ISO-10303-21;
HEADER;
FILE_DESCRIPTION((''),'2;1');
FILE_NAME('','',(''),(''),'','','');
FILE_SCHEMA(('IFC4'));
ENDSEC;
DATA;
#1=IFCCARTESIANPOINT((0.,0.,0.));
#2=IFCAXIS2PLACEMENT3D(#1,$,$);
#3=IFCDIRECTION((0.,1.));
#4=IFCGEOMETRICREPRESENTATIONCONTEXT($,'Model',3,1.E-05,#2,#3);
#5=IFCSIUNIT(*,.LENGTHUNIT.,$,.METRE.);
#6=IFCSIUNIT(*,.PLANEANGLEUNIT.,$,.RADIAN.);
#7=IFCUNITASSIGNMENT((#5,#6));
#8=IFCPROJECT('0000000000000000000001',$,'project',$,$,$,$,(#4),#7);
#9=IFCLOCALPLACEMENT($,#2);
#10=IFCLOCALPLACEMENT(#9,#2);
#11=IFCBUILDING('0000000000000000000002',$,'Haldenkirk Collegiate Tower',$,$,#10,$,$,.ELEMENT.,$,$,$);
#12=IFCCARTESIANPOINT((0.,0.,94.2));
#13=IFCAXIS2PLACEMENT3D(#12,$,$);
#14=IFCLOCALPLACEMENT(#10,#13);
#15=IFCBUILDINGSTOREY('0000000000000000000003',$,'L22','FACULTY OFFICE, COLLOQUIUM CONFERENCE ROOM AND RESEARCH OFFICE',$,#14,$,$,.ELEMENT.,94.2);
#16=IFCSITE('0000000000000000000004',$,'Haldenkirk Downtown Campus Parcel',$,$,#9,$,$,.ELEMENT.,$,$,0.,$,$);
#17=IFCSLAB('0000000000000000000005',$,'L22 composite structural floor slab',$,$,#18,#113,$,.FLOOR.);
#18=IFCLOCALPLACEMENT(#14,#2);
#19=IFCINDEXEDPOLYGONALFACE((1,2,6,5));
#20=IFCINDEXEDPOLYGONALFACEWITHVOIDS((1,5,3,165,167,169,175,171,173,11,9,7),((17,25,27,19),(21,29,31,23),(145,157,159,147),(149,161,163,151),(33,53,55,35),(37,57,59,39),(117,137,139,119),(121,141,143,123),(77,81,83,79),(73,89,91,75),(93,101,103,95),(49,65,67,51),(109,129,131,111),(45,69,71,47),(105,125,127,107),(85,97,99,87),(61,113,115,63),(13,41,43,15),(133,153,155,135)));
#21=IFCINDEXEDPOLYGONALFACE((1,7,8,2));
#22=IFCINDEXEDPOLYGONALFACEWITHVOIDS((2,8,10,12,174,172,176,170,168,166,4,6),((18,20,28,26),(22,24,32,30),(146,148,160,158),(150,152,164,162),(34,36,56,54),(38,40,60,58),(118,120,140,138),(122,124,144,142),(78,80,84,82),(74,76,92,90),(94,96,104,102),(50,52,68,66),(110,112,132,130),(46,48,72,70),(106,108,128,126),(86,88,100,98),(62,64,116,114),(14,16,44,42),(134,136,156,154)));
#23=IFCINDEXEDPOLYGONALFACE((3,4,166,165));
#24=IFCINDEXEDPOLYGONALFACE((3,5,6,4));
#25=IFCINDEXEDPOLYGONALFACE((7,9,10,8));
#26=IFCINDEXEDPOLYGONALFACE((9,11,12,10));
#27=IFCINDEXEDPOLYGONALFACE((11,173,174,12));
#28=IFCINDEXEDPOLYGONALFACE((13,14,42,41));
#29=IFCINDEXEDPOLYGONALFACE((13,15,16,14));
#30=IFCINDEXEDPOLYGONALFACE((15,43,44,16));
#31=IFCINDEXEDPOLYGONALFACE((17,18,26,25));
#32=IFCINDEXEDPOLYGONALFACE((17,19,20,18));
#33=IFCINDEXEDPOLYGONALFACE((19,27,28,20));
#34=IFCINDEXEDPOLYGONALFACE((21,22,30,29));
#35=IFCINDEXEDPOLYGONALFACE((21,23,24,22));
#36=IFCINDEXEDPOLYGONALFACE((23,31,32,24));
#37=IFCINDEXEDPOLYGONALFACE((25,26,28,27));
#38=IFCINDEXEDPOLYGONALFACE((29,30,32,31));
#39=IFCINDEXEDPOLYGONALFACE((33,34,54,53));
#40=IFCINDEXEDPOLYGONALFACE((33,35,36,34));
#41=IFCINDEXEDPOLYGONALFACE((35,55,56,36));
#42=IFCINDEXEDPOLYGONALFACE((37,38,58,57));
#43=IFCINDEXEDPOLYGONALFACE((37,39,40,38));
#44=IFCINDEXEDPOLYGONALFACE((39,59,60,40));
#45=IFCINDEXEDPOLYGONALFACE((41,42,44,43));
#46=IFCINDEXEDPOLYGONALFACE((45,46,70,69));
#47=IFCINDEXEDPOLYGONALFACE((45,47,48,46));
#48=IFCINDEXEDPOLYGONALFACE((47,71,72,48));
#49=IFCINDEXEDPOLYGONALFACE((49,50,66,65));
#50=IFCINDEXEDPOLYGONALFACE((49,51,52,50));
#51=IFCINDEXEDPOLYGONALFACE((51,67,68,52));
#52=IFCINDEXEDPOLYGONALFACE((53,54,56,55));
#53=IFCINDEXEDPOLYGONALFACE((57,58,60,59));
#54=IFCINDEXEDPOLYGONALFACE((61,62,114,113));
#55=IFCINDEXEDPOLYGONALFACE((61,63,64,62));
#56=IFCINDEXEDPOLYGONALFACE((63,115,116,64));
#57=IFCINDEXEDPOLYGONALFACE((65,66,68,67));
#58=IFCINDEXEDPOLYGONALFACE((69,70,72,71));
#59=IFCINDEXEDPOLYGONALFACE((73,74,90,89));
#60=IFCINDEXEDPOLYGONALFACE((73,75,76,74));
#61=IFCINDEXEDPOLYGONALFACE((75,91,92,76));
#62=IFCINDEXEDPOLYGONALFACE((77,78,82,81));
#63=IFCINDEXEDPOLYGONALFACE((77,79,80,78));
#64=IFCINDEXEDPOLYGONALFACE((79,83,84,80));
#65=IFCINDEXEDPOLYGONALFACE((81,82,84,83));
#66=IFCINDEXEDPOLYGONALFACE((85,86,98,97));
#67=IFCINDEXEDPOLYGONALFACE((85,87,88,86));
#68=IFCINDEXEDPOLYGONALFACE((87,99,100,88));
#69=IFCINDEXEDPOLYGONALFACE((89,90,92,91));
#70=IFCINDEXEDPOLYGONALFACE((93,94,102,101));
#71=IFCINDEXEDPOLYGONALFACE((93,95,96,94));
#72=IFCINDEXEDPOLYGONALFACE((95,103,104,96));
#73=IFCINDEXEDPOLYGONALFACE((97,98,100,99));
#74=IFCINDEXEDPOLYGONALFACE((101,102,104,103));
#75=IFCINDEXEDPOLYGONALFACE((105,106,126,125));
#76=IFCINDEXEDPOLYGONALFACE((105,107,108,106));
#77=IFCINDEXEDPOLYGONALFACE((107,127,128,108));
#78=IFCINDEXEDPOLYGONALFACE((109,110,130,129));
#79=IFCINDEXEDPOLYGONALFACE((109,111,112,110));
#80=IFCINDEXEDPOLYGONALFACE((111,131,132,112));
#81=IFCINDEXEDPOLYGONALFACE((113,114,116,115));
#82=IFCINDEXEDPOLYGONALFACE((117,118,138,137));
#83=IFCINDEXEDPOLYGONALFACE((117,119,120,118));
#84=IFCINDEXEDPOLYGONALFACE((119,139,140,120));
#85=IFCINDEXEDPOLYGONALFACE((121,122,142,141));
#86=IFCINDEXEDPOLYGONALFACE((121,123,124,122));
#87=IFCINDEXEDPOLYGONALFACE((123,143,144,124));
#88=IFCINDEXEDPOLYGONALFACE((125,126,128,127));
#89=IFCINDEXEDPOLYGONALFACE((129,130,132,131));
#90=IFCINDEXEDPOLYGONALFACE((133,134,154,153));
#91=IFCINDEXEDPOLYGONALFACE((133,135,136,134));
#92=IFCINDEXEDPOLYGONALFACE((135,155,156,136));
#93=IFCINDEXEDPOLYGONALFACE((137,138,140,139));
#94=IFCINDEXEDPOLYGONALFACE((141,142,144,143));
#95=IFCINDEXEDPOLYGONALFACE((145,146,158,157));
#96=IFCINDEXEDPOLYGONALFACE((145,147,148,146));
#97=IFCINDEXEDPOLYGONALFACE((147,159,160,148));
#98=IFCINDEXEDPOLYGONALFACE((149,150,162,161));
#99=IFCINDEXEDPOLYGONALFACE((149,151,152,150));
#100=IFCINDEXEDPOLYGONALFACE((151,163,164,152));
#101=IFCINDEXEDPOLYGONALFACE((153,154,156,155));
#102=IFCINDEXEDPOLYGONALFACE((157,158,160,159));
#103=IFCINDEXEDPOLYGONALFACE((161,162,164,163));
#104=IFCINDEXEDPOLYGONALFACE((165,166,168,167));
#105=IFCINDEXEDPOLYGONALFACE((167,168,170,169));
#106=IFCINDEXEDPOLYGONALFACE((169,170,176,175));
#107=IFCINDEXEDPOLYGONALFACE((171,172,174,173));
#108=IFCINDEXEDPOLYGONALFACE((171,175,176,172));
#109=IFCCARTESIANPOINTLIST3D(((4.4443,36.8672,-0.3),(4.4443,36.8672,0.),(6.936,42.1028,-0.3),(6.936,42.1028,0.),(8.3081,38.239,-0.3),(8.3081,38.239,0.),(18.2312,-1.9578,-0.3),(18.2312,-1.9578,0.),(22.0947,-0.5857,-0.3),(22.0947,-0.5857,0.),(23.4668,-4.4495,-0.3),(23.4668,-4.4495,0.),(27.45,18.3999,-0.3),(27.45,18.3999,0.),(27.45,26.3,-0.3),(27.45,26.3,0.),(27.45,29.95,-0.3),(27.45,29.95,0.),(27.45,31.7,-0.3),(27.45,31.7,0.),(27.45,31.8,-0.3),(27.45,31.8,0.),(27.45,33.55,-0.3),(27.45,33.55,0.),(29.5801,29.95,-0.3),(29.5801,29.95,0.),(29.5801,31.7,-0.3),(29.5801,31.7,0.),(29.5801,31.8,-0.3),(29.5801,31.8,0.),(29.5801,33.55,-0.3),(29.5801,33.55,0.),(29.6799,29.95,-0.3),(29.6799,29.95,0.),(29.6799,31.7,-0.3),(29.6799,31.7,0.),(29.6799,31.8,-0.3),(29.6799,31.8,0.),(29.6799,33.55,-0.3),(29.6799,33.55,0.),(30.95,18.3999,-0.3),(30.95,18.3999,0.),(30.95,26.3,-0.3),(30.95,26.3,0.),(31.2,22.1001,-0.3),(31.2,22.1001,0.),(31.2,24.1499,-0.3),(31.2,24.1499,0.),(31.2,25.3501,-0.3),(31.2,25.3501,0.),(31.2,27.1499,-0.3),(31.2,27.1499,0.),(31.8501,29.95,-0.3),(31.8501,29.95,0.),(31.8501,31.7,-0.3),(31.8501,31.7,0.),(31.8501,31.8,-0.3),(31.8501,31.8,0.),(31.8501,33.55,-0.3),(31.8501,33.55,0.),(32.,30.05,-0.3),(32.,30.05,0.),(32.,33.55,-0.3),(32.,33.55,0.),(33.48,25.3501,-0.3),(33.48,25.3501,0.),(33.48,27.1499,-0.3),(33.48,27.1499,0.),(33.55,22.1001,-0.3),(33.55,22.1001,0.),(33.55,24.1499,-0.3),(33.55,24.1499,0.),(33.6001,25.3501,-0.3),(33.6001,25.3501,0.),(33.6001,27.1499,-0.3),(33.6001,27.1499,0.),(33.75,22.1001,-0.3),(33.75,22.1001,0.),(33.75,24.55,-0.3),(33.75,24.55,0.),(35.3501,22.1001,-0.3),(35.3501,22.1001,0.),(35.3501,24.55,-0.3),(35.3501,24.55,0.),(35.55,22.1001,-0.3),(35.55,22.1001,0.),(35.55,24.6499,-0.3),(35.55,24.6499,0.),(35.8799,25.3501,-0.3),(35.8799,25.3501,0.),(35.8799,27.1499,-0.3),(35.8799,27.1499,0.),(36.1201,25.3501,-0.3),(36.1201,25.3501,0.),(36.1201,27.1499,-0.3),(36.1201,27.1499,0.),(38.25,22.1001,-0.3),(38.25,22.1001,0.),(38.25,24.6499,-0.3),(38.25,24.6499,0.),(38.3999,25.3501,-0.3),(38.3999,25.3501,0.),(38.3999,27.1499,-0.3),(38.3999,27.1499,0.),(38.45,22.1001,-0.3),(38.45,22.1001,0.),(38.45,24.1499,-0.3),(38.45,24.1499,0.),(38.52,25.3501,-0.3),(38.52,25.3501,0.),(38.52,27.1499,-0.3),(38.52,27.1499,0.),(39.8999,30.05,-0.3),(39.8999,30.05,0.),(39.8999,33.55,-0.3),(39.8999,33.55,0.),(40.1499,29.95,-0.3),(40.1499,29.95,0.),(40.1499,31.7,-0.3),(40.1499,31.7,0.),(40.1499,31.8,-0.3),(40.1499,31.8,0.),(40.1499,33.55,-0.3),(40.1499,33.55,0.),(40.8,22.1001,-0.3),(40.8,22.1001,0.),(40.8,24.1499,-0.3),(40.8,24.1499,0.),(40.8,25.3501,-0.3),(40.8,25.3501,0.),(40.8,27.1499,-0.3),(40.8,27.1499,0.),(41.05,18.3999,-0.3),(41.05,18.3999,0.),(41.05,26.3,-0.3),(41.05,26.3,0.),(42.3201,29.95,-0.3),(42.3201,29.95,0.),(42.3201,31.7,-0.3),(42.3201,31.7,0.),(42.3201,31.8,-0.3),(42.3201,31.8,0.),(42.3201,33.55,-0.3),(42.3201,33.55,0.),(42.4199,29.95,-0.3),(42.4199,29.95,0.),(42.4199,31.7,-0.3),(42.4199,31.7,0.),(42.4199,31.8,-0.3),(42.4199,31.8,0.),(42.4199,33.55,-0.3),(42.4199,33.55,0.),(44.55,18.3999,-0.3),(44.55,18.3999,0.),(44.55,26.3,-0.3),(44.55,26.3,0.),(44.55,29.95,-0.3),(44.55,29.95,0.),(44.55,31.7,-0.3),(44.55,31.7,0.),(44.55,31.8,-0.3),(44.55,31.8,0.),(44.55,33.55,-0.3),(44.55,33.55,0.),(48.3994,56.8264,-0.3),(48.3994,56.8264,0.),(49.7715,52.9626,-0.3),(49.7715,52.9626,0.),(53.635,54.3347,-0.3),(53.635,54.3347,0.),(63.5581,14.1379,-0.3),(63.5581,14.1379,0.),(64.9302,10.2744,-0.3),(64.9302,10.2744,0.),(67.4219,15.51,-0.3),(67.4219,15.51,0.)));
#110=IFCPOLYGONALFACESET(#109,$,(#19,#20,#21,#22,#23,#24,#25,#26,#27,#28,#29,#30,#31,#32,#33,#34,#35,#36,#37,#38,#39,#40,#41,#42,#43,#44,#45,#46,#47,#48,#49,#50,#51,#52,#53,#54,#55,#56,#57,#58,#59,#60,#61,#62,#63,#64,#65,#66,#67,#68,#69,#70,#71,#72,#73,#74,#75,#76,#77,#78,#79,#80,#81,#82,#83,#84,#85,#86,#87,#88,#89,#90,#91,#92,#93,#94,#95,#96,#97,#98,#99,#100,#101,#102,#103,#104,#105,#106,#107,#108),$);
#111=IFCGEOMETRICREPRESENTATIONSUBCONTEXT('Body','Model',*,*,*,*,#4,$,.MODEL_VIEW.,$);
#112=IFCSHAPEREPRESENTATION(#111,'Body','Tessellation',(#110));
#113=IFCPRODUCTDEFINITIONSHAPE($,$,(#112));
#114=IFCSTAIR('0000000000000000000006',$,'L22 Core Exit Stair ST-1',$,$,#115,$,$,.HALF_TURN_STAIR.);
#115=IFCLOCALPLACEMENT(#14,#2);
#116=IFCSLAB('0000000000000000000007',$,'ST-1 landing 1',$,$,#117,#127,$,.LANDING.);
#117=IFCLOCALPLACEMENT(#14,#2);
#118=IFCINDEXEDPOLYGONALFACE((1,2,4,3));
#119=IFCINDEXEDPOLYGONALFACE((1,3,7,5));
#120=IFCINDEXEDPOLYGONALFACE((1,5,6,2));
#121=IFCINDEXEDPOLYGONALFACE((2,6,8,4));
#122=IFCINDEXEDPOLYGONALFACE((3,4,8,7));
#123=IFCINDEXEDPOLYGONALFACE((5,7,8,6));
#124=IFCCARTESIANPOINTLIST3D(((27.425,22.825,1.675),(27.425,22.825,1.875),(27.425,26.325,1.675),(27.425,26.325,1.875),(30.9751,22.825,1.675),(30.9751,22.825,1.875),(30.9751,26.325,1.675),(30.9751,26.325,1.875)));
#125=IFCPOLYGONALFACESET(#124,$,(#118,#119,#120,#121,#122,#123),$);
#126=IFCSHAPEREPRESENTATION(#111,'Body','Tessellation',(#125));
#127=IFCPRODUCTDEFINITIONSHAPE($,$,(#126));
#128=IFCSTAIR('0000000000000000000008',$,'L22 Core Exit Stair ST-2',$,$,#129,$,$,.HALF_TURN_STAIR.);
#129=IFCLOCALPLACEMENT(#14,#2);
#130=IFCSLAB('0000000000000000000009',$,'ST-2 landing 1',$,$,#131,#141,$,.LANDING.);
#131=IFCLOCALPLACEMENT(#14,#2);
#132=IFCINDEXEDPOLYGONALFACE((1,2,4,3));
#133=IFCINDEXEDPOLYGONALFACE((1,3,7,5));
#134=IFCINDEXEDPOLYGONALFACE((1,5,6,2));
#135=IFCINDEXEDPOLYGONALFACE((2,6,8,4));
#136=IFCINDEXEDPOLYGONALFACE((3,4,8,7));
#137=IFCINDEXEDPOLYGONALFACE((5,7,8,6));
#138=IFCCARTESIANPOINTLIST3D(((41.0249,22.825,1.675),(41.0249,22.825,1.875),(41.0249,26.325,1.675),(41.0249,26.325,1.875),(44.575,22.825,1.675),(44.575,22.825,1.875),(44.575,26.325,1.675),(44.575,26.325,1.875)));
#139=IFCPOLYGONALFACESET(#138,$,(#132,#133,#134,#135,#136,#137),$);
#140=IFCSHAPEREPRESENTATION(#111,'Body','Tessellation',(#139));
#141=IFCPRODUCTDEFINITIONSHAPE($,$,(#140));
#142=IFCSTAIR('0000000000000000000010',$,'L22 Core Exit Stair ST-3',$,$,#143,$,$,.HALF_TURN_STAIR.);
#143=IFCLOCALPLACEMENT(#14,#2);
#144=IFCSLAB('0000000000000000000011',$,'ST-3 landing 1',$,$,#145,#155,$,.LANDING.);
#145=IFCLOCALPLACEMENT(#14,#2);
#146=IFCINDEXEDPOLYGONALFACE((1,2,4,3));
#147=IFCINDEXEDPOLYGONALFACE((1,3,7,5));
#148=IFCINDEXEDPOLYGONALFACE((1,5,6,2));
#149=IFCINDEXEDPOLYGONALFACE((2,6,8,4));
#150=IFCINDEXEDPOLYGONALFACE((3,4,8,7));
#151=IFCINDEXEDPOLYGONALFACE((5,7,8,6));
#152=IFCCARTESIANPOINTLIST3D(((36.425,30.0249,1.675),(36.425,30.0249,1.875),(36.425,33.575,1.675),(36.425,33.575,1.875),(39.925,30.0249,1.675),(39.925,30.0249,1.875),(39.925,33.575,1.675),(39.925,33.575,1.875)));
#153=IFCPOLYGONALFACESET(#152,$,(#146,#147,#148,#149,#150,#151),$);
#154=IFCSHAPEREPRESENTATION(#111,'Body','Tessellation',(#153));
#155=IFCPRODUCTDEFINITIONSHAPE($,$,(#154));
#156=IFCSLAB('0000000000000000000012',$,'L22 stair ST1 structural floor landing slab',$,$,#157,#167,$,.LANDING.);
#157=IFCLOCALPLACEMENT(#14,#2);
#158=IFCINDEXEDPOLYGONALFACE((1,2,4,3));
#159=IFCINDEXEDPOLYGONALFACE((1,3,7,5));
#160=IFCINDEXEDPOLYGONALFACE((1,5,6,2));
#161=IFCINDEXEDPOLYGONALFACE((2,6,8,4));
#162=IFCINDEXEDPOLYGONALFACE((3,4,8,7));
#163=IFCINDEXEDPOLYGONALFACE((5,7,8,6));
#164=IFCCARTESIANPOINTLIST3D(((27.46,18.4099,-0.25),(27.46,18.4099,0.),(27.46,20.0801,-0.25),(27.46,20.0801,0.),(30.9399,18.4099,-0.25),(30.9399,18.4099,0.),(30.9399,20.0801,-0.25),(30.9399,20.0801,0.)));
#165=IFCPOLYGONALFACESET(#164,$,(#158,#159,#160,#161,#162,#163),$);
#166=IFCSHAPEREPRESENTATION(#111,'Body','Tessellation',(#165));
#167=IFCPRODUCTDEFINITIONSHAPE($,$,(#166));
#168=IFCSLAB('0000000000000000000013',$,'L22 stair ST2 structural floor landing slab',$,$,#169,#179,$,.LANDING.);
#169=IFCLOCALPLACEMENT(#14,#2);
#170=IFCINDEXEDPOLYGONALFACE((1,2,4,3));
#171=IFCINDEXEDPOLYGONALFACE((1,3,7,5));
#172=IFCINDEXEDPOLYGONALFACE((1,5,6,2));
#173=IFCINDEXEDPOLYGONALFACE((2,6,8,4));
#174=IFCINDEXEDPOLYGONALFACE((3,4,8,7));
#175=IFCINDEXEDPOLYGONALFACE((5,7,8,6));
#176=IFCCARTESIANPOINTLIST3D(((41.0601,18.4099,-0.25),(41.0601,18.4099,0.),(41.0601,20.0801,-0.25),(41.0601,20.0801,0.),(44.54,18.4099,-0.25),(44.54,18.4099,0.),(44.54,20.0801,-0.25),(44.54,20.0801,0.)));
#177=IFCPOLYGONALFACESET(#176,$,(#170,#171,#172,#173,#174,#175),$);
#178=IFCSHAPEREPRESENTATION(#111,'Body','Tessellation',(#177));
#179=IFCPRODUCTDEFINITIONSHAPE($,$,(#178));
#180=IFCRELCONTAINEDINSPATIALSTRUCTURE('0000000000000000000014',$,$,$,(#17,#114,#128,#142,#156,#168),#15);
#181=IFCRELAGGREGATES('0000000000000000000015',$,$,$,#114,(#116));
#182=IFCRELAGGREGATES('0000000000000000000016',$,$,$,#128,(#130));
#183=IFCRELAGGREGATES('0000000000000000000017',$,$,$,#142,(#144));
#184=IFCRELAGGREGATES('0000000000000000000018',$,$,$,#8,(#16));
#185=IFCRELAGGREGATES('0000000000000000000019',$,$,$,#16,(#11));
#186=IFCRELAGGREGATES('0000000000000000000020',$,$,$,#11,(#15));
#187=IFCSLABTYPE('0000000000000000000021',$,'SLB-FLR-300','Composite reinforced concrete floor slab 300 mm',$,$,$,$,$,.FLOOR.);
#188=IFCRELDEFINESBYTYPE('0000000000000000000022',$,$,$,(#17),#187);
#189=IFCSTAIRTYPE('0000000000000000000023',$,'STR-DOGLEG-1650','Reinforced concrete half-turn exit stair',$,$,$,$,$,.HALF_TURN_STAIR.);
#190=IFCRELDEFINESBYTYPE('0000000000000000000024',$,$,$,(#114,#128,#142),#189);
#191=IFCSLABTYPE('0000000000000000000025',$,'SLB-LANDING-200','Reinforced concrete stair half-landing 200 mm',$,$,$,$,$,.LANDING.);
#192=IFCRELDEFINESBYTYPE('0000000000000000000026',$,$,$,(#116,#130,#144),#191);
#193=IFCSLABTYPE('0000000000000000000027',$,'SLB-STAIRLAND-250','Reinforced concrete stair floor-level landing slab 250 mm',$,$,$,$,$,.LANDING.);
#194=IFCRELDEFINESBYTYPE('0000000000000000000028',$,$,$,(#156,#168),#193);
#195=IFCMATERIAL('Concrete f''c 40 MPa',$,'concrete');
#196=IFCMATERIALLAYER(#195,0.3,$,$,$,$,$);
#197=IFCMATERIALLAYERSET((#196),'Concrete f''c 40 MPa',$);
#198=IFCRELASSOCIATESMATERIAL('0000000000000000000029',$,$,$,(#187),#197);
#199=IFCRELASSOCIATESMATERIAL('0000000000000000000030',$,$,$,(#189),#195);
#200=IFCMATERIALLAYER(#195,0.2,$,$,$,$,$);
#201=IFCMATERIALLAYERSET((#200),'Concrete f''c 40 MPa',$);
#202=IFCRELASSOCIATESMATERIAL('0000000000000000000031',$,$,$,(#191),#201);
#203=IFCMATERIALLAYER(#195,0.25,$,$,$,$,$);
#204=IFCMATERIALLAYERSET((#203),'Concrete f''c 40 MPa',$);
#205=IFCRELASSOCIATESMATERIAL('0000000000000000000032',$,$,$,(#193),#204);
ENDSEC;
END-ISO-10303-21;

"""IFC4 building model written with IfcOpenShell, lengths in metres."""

from ifc_helpers import new_model, si_unit, direction, frame, origin, place, context, subcontext, project, spatial, polyline, outline, extrude, material, layer, layer_set, type_object, element, aggregate, save


model = new_model("IFC4")

# Units and contexts
model_context = context("Model", 3, precision=1e-05, world=origin(), true_north=direction((0.0, 1.0)))
body_context = subcontext(model_context, "Body", "Model", "MODEL_VIEW")
ifc_project = project(units=[si_unit("LENGTHUNIT", "METRE"), si_unit("PLANEANGLEUNIT", "RADIAN")], contexts=[model_context])

# Site, building, storey
site_placement = place(None, origin())
site = spatial("IfcSite", under=ifc_project, at=site_placement, Name="Haldenkirk Downtown Campus Parcel", CompositionType="ELEMENT", RefElevation=0.0)
building_placement = place(site_placement, origin())
building = spatial("IfcBuilding", under=site, at=building_placement, Name="Haldenkirk Collegiate Tower", CompositionType="ELEMENT")
storey_placement = place(building_placement, frame((0.0, 0.0, 94.2)))
storey = spatial("IfcBuildingStorey", under=building, at=storey_placement, Name="L22", Description="FACULTY OFFICE, COLLOQUIUM CONFERENCE ROOM AND RESEARCH OFFICE", CompositionType="ELEMENT", Elevation=94.2)

# Slab
ifc_material_1 = material(Name="Concrete f'c 40 MPa", Category="concrete")
ifc_layer_1 = layer(ifc_material_1, 0.3)
ifc_layer_set_1 = layer_set([ifc_layer_1], Name="Concrete f'c 40 MPa")
slab_type_1 = type_object("IfcSlabType", Name="SLB-FLR-300", Description="Composite reinforced concrete floor slab 300 mm", PredefinedType="FLOOR", material=ifc_layer_set_1)
slab_1_placement = place(storey_placement, frame((0.0, 0.0, -0.3)))
element("IfcSlab", 1, at=slab_1_placement, inside=storey, type_object=slab_type_1, Name="L22 composite structural floor slab", PredefinedType="FLOOR", context=body_context, shape_type="SweptSolid", body=[
    extrude(outline(polyline([(23.4668, -4.4495), (64.9302, 10.2744), (63.5581, 14.1379), (67.4219, 15.51), (53.635, 54.3347), (49.7715, 52.9626), (48.3994, 56.8264), (6.936, 42.1028), (8.3081, 38.239), (4.4443, 36.8672), (18.2312, -1.9578), (22.0947, -0.5857), (23.4668, -4.4495)]), holes=[polyline([(27.45, 18.3999), (30.95, 18.3999), (30.95, 26.3), (27.45, 26.3), (27.45, 18.3999)]), polyline([(41.05, 18.3999), (44.55, 18.3999), (44.55, 26.3), (41.05, 26.3), (41.05, 18.3999)]), polyline([(32.0, 30.05), (39.8999, 30.05), (39.8999, 33.55), (32.0, 33.55), (32.0, 30.05)]), polyline([(33.75, 22.1001), (35.3501, 22.1001), (35.3501, 24.55), (33.75, 24.55), (33.75, 22.1001)]), polyline([(27.45, 29.95), (29.5801, 29.95), (29.5801, 31.7), (27.45, 31.7), (27.45, 29.95)]), polyline([(29.6799, 29.95), (31.8501, 29.95), (31.8501, 31.7), (29.6799, 31.7), (29.6799, 29.95)]), polyline([(27.45, 31.8), (29.5801, 31.8), (29.5801, 33.55), (27.45, 33.55), (27.45, 31.8)]), polyline([(29.6799, 31.8), (31.8501, 31.8), (31.8501, 33.55), (29.6799, 33.55), (29.6799, 31.8)]), polyline([(40.1499, 29.95), (42.3201, 29.95), (42.3201, 31.7), (40.1499, 31.7), (40.1499, 29.95)]), polyline([(42.4199, 29.95), (44.55, 29.95), (44.55, 31.7), (42.4199, 31.7), (42.4199, 29.95)]), polyline([(40.1499, 31.8), (42.3201, 31.8), (42.3201, 33.55), (40.1499, 33.55), (40.1499, 31.8)]), polyline([(42.4199, 31.8), (44.55, 31.8), (44.55, 33.55), (42.4199, 33.55), (42.4199, 31.8)]), polyline([(31.2, 25.3501), (33.48, 25.3501), (33.48, 27.1499), (31.2, 27.1499), (31.2, 25.3501)]), polyline([(33.6001, 25.3501), (35.8799, 25.3501), (35.8799, 27.1499), (33.6001, 27.1499), (33.6001, 25.3501)]), polyline([(36.1201, 25.3501), (38.3999, 25.3501), (38.3999, 27.1499), (36.1201, 27.1499), (36.1201, 25.3501)]), polyline([(38.52, 25.3501), (40.8, 25.3501), (40.8, 27.1499), (38.52, 27.1499), (38.52, 25.3501)]), polyline([(31.2, 22.1001), (33.55, 22.1001), (33.55, 24.1499), (31.2, 24.1499), (31.2, 22.1001)]), polyline([(38.45, 22.1001), (40.8, 22.1001), (40.8, 24.1499), (38.45, 24.1499), (38.45, 22.1001)]), polyline([(35.55, 22.1001), (38.25, 22.1001), (38.25, 24.6499), (35.55, 24.6499), (35.55, 22.1001)])]), origin(), (0.0, 0.0, 1.0), 0.3),
])

# Stairs, slabs
stair_type = type_object("IfcStairType", Name="STR-DOGLEG-1650", Description="Reinforced concrete half-turn exit stair", PredefinedType="HALF_TURN_STAIR", material=ifc_material_1)
stair_1_placement = place(storey_placement, origin())
stair_1 = element("IfcStair", 2, at=stair_1_placement, inside=storey, type_object=stair_type, Name="L22 Core Exit Stair ST-1", PredefinedType="HALF_TURN_STAIR")
ifc_layer_2 = layer(ifc_material_1, 0.2)
ifc_layer_set_2 = layer_set([ifc_layer_2], Name="Concrete f'c 40 MPa")
slab_type_2 = type_object("IfcSlabType", Name="SLB-LANDING-200", Description="Reinforced concrete stair half-landing 200 mm", PredefinedType="LANDING", material=ifc_layer_set_2)
slab_2_placement = place(storey_placement, frame((0.0, 0.0, 1.675)))
slab_2 = element("IfcSlab", 3, at=slab_2_placement, type_object=slab_type_2, Name="ST-1 landing 1", PredefinedType="LANDING", context=body_context, shape_type="SweptSolid", body=[
    extrude(outline(polyline([(30.9751, 22.825), (27.425, 22.825), (27.425, 26.325), (30.9751, 26.325), (30.9751, 22.825)])), origin(), (0.0, 0.0, 1.0), 0.2),
])
aggregate(stair_1, [slab_2])
stair_2_placement = place(storey_placement, origin())
stair_2 = element("IfcStair", 4, at=stair_2_placement, inside=storey, type_object=stair_type, Name="L22 Core Exit Stair ST-2", PredefinedType="HALF_TURN_STAIR")
slab_3_placement = place(storey_placement, frame((0.0, 0.0, 1.675)))
slab_3 = element("IfcSlab", 5, at=slab_3_placement, type_object=slab_type_2, Name="ST-2 landing 1", PredefinedType="LANDING", context=body_context, shape_type="SweptSolid", body=[
    extrude(outline(polyline([(44.575, 22.825), (41.0249, 22.825), (41.0249, 26.325), (44.575, 26.325), (44.575, 22.825)])), origin(), (0.0, 0.0, 1.0), 0.2),
])
aggregate(stair_2, [slab_3])
stair_3_placement = place(storey_placement, origin())
stair_3 = element("IfcStair", 6, at=stair_3_placement, inside=storey, type_object=stair_type, Name="L22 Core Exit Stair ST-3", PredefinedType="HALF_TURN_STAIR")
slab_4_placement = place(storey_placement, frame((0.0, 0.0, 1.675)))
slab_4 = element("IfcSlab", 7, at=slab_4_placement, type_object=slab_type_2, Name="ST-3 landing 1", PredefinedType="LANDING", context=body_context, shape_type="SweptSolid", body=[
    extrude(outline(polyline([(36.425, 30.0249), (36.425, 33.575), (39.925, 33.575), (39.925, 30.0249), (36.425, 30.0249)])), origin(), (0.0, 0.0, 1.0), 0.2),
])
aggregate(stair_3, [slab_4])

# Slabs
ifc_layer_3 = layer(ifc_material_1, 0.25)
ifc_layer_set_3 = layer_set([ifc_layer_3], Name="Concrete f'c 40 MPa")
slab_type_3 = type_object("IfcSlabType", Name="SLB-STAIRLAND-250", Description="Reinforced concrete stair floor-level landing slab 250 mm", PredefinedType="LANDING", material=ifc_layer_set_3)
slab_5_placement = place(storey_placement, frame((0.0, 0.0, -0.25)))
element("IfcSlab", 8, at=slab_5_placement, inside=storey, type_object=slab_type_3, Name="L22 stair ST1 structural floor landing slab", PredefinedType="LANDING", context=body_context, shape_type="SweptSolid", body=[
    extrude(outline(polyline([(27.46, 18.4099), (30.9399, 18.4099), (30.9399, 20.0801), (27.46, 20.0801), (27.46, 18.4099)])), origin(), (0.0, 0.0, 1.0), 0.25),
])
slab_6_placement = place(storey_placement, frame((0.0, 0.0, -0.25)))
element("IfcSlab", 9, at=slab_6_placement, inside=storey, type_object=slab_type_3, Name="L22 stair ST2 structural floor landing slab", PredefinedType="LANDING", context=body_context, shape_type="SweptSolid", body=[
    extrude(outline(polyline([(41.0601, 18.4099), (44.54, 18.4099), (44.54, 20.0801), (41.0601, 20.0801), (41.0601, 18.4099)])), origin(), (0.0, 0.0, 1.0), 0.25),
])

save(model, "model.ifc")
